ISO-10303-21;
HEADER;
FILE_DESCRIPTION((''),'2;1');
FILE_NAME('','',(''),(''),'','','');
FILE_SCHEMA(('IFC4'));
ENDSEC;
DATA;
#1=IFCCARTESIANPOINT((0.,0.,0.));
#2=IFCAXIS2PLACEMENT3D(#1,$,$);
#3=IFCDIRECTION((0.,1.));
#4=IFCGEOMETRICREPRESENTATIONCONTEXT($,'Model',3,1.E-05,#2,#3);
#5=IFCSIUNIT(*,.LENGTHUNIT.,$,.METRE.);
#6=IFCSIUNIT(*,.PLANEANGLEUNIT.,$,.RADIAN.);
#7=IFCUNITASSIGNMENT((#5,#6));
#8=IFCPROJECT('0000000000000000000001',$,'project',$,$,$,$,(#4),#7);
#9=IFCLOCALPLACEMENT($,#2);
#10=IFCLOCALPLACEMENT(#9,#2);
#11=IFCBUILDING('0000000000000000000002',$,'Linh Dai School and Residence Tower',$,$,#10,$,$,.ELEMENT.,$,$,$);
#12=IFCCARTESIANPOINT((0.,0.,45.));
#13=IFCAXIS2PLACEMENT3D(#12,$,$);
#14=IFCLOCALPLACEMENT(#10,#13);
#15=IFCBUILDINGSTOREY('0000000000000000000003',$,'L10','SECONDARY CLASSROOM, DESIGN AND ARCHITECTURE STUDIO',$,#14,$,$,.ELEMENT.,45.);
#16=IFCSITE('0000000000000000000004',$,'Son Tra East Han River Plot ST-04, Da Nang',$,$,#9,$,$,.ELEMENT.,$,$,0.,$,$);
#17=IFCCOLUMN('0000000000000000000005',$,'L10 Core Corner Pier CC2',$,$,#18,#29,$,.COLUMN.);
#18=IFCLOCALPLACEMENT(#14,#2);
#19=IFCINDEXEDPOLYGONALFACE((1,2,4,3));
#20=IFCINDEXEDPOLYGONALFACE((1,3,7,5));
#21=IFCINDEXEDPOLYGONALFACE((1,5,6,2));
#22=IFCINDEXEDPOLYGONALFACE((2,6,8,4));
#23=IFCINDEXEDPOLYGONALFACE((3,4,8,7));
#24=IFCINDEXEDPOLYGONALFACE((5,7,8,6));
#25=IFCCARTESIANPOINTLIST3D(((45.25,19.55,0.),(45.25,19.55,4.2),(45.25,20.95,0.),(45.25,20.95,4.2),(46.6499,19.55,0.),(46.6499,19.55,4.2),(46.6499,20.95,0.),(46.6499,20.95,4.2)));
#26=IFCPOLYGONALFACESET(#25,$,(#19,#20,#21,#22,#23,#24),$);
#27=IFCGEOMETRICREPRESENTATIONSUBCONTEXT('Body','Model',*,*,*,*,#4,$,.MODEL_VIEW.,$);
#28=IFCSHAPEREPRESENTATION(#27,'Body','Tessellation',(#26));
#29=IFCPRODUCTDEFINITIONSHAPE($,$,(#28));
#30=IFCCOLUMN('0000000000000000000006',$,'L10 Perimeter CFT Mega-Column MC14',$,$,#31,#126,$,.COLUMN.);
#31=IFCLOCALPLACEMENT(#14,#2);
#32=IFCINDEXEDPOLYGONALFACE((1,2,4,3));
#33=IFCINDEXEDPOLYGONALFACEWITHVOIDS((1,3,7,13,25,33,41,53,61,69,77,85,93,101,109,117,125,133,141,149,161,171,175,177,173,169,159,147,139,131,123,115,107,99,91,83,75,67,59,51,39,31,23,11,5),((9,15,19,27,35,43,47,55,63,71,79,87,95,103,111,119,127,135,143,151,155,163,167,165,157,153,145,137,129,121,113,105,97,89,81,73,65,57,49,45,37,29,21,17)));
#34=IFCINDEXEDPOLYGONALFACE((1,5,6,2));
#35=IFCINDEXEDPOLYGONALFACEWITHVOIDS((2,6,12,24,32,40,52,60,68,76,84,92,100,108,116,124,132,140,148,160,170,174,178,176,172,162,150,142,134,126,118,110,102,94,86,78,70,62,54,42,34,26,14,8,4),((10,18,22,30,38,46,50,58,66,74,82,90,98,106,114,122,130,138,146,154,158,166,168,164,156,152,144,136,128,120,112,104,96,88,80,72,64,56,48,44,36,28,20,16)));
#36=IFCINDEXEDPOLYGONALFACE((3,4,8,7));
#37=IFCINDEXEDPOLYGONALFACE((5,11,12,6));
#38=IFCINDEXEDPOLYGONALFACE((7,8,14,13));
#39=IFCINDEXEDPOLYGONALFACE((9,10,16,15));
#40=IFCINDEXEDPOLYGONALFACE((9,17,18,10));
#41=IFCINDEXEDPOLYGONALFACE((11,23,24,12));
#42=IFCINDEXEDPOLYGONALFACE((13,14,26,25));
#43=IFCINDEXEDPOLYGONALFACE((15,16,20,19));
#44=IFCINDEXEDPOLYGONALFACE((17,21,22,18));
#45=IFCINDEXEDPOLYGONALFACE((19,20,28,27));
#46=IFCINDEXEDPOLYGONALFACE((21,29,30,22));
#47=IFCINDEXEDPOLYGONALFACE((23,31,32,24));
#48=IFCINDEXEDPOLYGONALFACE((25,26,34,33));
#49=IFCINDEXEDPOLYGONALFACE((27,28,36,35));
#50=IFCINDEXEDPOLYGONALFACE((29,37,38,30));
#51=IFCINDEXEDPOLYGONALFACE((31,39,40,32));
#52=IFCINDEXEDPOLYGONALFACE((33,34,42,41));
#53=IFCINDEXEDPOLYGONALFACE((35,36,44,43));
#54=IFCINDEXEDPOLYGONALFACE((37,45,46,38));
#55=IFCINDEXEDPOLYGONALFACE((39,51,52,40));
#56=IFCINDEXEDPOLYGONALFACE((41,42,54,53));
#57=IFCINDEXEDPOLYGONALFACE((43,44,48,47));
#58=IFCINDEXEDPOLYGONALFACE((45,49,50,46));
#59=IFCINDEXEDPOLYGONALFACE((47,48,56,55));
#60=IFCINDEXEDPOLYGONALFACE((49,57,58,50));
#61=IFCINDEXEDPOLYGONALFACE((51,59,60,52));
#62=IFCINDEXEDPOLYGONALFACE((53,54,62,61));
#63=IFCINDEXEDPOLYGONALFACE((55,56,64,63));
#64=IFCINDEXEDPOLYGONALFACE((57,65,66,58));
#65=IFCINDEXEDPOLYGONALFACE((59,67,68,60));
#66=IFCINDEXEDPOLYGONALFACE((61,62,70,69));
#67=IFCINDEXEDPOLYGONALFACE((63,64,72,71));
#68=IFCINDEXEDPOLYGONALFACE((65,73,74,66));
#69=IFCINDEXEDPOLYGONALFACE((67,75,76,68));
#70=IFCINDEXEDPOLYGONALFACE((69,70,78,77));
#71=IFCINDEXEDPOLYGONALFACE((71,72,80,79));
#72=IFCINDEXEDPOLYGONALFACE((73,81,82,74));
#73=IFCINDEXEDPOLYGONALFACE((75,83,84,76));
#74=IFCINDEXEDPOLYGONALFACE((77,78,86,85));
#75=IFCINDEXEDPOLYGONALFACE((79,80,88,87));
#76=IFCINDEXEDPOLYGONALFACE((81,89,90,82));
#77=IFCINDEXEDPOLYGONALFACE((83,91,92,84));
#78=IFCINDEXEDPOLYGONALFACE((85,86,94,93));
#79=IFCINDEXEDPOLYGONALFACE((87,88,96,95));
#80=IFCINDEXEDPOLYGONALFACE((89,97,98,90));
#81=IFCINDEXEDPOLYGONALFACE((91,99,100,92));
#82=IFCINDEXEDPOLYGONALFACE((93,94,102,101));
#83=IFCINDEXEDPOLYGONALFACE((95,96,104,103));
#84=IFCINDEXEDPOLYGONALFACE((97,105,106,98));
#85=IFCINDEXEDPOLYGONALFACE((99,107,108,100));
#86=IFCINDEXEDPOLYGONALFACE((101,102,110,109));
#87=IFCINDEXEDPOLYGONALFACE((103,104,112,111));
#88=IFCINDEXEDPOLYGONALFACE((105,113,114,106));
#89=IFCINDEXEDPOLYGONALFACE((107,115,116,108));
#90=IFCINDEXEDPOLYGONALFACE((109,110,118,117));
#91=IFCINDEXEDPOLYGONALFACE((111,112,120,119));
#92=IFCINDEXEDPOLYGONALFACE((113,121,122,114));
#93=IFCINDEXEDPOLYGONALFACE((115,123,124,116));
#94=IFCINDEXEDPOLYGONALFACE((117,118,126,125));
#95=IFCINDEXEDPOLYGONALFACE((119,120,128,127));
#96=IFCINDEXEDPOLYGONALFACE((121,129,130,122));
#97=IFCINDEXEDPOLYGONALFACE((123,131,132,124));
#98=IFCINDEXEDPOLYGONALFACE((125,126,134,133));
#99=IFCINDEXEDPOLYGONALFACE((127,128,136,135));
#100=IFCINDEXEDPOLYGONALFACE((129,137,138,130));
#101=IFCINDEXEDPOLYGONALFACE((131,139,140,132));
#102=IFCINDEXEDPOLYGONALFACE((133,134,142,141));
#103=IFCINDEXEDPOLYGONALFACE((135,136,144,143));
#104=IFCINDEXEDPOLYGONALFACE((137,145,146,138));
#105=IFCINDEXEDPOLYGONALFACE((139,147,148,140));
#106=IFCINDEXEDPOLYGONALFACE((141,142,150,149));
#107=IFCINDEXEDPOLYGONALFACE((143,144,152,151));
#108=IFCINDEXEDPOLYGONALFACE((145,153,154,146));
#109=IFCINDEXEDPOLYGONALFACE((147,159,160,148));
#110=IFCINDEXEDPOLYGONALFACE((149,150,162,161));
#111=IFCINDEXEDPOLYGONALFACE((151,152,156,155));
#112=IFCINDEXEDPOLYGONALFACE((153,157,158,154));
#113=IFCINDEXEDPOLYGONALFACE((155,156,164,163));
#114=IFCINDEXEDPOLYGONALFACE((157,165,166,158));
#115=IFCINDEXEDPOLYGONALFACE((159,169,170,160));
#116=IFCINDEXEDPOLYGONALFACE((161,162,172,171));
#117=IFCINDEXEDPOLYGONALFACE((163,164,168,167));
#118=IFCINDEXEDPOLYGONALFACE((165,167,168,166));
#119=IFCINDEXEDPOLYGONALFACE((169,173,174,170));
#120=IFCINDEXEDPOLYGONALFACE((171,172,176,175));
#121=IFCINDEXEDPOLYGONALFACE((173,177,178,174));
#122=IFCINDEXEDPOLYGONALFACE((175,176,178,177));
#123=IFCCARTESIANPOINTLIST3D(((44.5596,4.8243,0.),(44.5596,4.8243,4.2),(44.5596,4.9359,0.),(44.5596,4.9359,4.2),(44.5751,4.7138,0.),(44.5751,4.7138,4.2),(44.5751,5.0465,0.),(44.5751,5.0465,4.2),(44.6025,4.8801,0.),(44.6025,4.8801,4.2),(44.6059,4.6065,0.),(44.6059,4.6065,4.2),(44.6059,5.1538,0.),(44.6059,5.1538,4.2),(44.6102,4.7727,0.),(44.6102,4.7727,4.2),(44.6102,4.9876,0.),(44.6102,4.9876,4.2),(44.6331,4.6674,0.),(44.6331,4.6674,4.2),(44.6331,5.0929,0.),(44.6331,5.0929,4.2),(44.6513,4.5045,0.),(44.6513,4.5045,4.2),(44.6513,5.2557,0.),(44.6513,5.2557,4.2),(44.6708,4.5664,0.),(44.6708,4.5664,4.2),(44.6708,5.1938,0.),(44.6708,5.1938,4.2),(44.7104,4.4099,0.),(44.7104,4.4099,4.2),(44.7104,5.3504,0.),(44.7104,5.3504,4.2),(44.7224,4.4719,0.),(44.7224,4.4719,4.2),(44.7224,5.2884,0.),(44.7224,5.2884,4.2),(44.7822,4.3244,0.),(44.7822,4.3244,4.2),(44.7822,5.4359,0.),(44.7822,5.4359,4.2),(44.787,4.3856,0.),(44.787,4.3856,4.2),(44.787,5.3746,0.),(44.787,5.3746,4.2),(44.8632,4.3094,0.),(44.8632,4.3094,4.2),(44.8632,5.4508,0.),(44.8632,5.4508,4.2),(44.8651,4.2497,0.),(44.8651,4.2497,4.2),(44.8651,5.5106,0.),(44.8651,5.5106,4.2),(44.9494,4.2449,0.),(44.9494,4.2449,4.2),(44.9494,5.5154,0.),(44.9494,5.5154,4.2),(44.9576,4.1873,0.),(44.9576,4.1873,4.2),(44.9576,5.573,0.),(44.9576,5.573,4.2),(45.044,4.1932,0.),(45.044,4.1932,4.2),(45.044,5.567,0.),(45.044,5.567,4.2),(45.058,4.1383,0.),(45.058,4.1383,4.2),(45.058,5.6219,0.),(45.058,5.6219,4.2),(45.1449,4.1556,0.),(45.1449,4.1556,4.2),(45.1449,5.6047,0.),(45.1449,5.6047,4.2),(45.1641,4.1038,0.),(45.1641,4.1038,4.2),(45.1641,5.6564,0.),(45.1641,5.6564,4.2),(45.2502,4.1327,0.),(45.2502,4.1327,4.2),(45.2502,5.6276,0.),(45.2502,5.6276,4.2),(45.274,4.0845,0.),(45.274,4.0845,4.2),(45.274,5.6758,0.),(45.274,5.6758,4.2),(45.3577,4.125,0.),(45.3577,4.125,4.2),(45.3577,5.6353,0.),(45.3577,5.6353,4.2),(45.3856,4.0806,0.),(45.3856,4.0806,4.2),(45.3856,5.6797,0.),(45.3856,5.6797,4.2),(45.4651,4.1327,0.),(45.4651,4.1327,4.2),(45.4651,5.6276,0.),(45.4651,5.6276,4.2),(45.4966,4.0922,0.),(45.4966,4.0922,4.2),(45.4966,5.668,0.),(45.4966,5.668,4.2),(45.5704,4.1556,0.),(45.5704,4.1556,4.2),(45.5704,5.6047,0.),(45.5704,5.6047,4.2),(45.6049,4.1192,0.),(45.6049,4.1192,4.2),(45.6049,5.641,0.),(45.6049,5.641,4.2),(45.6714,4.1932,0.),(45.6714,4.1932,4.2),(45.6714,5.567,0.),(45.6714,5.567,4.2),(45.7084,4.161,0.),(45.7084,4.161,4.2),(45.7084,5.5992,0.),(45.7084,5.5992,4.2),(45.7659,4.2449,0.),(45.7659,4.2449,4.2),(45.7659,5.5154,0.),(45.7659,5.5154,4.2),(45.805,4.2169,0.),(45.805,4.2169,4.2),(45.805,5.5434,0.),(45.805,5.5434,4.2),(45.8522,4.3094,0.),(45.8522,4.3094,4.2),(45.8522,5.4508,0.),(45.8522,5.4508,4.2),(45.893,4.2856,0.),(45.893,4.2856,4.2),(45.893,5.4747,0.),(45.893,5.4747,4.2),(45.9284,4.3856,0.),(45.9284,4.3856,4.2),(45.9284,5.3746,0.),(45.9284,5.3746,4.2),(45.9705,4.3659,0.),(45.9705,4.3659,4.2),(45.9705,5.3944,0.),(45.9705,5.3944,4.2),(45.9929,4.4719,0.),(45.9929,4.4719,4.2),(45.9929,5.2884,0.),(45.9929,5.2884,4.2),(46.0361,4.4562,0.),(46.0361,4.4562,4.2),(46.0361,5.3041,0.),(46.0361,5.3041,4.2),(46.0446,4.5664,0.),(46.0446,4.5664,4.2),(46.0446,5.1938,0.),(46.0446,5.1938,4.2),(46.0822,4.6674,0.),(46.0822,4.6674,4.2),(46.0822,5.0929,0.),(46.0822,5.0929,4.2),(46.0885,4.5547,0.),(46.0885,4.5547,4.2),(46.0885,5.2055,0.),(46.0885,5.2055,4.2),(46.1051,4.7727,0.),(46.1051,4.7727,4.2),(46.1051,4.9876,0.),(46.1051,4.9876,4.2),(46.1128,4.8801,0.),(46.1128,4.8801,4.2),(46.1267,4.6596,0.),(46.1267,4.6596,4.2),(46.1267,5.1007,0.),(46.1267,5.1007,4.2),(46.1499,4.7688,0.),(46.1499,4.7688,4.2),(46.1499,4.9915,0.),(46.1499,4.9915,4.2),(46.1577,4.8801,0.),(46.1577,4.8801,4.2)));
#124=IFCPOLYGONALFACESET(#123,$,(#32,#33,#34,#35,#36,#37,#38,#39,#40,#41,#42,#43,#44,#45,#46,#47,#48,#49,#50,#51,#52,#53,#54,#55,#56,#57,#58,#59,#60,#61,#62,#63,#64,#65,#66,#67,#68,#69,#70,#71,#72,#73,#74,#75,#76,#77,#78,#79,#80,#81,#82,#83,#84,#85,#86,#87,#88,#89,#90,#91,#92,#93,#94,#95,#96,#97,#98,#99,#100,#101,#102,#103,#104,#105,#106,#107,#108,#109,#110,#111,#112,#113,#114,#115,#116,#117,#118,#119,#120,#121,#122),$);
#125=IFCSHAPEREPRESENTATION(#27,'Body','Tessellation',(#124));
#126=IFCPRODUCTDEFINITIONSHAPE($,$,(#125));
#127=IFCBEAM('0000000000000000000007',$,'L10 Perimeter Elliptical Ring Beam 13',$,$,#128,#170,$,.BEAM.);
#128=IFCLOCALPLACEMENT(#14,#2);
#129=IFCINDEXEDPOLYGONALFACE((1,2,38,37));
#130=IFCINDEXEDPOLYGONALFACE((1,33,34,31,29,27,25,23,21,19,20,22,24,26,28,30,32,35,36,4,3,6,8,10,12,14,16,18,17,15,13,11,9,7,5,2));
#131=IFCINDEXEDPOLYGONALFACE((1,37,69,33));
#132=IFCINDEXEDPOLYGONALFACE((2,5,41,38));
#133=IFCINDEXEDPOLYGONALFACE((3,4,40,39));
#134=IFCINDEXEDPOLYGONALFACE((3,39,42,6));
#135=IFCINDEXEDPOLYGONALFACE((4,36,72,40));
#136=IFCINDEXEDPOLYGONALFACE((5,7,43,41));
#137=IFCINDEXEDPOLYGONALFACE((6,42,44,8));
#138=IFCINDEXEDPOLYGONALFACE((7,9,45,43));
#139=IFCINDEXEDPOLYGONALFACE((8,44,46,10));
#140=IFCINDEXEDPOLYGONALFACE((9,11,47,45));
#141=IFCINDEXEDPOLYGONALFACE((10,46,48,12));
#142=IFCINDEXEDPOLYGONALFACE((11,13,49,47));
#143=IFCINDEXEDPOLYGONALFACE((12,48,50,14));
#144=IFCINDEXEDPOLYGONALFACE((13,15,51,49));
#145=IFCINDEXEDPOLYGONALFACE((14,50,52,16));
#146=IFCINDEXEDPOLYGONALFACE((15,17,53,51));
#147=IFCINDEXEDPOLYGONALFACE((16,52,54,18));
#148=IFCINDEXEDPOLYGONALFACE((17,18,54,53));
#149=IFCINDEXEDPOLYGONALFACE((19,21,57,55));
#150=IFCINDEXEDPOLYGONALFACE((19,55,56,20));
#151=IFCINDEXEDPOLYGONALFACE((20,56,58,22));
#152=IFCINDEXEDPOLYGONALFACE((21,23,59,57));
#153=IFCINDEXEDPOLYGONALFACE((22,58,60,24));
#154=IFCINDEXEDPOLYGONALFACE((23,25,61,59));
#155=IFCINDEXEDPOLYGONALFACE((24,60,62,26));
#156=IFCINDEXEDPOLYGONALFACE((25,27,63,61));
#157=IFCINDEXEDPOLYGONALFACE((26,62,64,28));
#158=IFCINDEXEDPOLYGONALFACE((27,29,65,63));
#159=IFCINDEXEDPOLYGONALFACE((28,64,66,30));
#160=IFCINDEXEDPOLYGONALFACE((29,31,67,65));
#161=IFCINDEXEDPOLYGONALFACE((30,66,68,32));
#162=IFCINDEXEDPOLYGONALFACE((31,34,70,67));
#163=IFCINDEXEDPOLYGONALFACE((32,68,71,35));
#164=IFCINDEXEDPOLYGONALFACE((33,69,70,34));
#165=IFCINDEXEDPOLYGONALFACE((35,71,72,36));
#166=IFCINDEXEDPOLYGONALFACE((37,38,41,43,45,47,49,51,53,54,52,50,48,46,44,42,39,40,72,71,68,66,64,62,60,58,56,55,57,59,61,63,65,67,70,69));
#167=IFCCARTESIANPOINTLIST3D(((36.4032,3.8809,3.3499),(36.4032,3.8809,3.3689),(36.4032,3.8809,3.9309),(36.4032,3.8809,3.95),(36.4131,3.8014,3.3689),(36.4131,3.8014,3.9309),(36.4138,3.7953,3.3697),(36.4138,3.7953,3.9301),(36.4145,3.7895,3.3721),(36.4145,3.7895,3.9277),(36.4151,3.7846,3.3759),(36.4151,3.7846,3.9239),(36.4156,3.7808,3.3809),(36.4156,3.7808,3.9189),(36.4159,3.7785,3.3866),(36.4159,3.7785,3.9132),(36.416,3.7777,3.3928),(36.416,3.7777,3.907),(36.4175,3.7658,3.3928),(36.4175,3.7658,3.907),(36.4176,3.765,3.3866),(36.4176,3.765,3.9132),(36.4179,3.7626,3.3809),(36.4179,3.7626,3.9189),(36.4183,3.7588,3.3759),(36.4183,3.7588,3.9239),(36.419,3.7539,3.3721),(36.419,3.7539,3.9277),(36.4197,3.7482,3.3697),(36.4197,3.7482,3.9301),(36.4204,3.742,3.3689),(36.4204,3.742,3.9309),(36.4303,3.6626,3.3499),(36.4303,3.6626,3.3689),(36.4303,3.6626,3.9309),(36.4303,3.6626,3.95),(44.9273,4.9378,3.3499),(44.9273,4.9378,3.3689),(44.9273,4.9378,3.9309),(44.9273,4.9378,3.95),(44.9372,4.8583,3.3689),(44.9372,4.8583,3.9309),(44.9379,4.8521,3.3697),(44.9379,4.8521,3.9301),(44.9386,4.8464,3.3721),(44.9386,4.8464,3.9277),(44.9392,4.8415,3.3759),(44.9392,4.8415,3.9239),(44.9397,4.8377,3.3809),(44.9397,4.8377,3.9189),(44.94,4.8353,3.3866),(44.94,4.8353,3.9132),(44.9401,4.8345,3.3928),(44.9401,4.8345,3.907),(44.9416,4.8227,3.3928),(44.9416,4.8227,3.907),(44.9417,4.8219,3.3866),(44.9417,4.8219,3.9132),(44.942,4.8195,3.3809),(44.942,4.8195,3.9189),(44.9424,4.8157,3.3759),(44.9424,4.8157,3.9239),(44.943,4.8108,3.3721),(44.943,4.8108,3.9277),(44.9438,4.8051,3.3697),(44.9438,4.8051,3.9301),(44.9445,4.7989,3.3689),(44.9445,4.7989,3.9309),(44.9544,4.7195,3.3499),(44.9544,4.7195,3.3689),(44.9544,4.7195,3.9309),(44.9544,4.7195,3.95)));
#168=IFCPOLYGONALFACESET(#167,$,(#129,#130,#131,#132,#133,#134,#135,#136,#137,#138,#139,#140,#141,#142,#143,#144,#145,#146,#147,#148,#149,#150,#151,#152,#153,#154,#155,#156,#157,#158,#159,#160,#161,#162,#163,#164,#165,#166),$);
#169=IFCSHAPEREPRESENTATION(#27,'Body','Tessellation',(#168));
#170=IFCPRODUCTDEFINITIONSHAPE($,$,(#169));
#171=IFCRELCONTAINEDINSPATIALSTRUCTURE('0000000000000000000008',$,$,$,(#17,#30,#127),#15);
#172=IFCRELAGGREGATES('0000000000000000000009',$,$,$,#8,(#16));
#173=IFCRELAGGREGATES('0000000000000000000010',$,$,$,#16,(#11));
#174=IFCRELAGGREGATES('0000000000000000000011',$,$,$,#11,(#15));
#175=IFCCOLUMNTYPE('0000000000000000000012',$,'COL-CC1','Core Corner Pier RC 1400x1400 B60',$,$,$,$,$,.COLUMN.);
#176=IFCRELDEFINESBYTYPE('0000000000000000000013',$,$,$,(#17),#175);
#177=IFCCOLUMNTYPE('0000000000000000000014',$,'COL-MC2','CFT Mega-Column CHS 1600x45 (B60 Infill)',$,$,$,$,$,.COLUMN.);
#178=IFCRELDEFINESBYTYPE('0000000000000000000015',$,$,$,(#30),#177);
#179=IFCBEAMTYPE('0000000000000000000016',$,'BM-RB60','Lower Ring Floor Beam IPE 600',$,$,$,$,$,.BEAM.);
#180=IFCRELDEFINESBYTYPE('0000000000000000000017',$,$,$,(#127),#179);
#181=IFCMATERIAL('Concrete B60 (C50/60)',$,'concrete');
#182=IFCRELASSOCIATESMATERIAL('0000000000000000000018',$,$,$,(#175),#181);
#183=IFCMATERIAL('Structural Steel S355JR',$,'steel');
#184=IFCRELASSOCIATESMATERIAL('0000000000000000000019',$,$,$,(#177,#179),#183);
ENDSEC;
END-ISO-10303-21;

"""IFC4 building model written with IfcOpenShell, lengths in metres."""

from ifc_helpers import new_model, si_unit, direction, frame, origin, origin_2d, place, context, subcontext, project, spatial, rectangle, hollow_circle, i_section, extrude, material, material_profile, profile_set, type_object, element, save


model = new_model("IFC4")

# Units and contexts
model_context = context("Model", 3, precision=1e-05, world=origin(), true_north=direction((0.0, 1.0)))
body_context = subcontext(model_context, "Body", "Model", "MODEL_VIEW")
ifc_project = project(units=[si_unit("LENGTHUNIT", "METRE"), si_unit("PLANEANGLEUNIT", "RADIAN")], contexts=[model_context])

# Site, building, storey
site_placement = place(None, origin())
site = spatial("IfcSite", under=ifc_project, at=site_placement, Name="Son Tra East Han River Plot ST-04, Da Nang", CompositionType="ELEMENT", RefElevation=0.0)
building_placement = place(site_placement, origin())
building = spatial("IfcBuilding", under=site, at=building_placement, Name="Linh Dai School and Residence Tower", CompositionType="ELEMENT")
storey_placement = place(building_placement, frame((0.0, 0.0, 45.0)))
storey = spatial("IfcBuildingStorey", under=building, at=storey_placement, Name="L10", Description="SECONDARY CLASSROOM, DESIGN AND ARCHITECTURE STUDIO", CompositionType="ELEMENT", Elevation=45.0)

# Columns
ifc_material_1 = material(Name="Concrete B60 (C50/60)", Category="concrete")
ifc_material_profile_1 = material_profile(ifc_material_1, rectangle(XDim=1.3999, YDim=1.3999, at=origin_2d()), Name="RC 1400x1400")
ifc_profile_set_1 = profile_set([ifc_material_profile_1], Name="Concrete B60 (C50/60)")
column_type_1 = type_object("IfcColumnType", Name="COL-CC1", Description="Core Corner Pier RC 1400x1400 B60", PredefinedType="COLUMN", material=ifc_profile_set_1)
column_1_placement = place(storey_placement, frame((45.95, 20.25, 0.0), z_axis=(0.0, 0.0, 1.0), x_axis=(1.0, 0.0, 0.0)))
element("IfcColumn", 1, at=column_1_placement, inside=storey, type_object=column_type_1, Name="L10 Core Corner Pier CC2", PredefinedType="COLUMN", context=body_context, shape_type="SweptSolid", body=[
    extrude(rectangle(XDim=1.3999, YDim=1.3999, at=origin_2d()), origin(), (0.0, 0.0, 1.0), 4.2),
])
ifc_material_2 = material(Name="Structural Steel S355JR", Category="steel")
ifc_material_profile_2 = material_profile(ifc_material_2, hollow_circle(Radius=0.8, WallThickness=0.0449, at=origin_2d()), Name="CHS 1600x45")
ifc_profile_set_2 = profile_set([ifc_material_profile_2], Name="Structural Steel S355JR")
column_type_2 = type_object("IfcColumnType", Name="COL-MC2", Description="CFT Mega-Column CHS 1600x45 (B60 Infill)", PredefinedType="COLUMN", material=ifc_profile_set_2)
column_2_placement = place(storey_placement, frame((45.3577, 4.8801, 0.0), z_axis=(0.0, 0.0, 1.0), x_axis=(1.0, 0.0, 0.0)))
element("IfcColumn", 2, at=column_2_placement, inside=storey, type_object=column_type_2, Name="L10 Perimeter CFT Mega-Column MC14", PredefinedType="COLUMN", context=body_context, shape_type="SweptSolid", body=[
    extrude(hollow_circle(Radius=0.8, WallThickness=0.0449, at=origin_2d()), origin(), (0.0, 0.0, 1.0), 4.2),
])

# Beam
ifc_material_profile_3 = material_profile(ifc_material_2, i_section(OverallWidth=0.22, OverallDepth=0.6001, WebThickness=0.012, FlangeThickness=0.019, FilletRadius=0.0239, at=origin_2d()), Name="IPE 600")
ifc_profile_set_3 = profile_set([ifc_material_profile_3], Name="Structural Steel S355JR")
beam_type_1 = type_object("IfcBeamType", Name="BM-RB60", Description="Lower Ring Floor Beam IPE 600", PredefinedType="BEAM", material=ifc_profile_set_3)
beam_1_placement = place(storey_placement, frame((36.4167, 3.7717, 3.6499), z_axis=(0.992401, 0.123045, 0.0), x_axis=(-0.123045, 0.992401, 0.0)))
element("IfcBeam", 3, at=beam_1_placement, inside=storey, type_object=beam_type_1, Name="L10 Perimeter Elliptical Ring Beam 13", PredefinedType="BEAM", context=body_context, shape_type="SweptSolid", body=[
    extrude(i_section(OverallWidth=0.22, OverallDepth=0.6001, WebThickness=0.012, FlangeThickness=0.019, FilletRadius=0.0239, at=origin_2d()), origin(), (0.0, 0.0, 1.0), 8.5894),
])

save(model, "model.ifc")
